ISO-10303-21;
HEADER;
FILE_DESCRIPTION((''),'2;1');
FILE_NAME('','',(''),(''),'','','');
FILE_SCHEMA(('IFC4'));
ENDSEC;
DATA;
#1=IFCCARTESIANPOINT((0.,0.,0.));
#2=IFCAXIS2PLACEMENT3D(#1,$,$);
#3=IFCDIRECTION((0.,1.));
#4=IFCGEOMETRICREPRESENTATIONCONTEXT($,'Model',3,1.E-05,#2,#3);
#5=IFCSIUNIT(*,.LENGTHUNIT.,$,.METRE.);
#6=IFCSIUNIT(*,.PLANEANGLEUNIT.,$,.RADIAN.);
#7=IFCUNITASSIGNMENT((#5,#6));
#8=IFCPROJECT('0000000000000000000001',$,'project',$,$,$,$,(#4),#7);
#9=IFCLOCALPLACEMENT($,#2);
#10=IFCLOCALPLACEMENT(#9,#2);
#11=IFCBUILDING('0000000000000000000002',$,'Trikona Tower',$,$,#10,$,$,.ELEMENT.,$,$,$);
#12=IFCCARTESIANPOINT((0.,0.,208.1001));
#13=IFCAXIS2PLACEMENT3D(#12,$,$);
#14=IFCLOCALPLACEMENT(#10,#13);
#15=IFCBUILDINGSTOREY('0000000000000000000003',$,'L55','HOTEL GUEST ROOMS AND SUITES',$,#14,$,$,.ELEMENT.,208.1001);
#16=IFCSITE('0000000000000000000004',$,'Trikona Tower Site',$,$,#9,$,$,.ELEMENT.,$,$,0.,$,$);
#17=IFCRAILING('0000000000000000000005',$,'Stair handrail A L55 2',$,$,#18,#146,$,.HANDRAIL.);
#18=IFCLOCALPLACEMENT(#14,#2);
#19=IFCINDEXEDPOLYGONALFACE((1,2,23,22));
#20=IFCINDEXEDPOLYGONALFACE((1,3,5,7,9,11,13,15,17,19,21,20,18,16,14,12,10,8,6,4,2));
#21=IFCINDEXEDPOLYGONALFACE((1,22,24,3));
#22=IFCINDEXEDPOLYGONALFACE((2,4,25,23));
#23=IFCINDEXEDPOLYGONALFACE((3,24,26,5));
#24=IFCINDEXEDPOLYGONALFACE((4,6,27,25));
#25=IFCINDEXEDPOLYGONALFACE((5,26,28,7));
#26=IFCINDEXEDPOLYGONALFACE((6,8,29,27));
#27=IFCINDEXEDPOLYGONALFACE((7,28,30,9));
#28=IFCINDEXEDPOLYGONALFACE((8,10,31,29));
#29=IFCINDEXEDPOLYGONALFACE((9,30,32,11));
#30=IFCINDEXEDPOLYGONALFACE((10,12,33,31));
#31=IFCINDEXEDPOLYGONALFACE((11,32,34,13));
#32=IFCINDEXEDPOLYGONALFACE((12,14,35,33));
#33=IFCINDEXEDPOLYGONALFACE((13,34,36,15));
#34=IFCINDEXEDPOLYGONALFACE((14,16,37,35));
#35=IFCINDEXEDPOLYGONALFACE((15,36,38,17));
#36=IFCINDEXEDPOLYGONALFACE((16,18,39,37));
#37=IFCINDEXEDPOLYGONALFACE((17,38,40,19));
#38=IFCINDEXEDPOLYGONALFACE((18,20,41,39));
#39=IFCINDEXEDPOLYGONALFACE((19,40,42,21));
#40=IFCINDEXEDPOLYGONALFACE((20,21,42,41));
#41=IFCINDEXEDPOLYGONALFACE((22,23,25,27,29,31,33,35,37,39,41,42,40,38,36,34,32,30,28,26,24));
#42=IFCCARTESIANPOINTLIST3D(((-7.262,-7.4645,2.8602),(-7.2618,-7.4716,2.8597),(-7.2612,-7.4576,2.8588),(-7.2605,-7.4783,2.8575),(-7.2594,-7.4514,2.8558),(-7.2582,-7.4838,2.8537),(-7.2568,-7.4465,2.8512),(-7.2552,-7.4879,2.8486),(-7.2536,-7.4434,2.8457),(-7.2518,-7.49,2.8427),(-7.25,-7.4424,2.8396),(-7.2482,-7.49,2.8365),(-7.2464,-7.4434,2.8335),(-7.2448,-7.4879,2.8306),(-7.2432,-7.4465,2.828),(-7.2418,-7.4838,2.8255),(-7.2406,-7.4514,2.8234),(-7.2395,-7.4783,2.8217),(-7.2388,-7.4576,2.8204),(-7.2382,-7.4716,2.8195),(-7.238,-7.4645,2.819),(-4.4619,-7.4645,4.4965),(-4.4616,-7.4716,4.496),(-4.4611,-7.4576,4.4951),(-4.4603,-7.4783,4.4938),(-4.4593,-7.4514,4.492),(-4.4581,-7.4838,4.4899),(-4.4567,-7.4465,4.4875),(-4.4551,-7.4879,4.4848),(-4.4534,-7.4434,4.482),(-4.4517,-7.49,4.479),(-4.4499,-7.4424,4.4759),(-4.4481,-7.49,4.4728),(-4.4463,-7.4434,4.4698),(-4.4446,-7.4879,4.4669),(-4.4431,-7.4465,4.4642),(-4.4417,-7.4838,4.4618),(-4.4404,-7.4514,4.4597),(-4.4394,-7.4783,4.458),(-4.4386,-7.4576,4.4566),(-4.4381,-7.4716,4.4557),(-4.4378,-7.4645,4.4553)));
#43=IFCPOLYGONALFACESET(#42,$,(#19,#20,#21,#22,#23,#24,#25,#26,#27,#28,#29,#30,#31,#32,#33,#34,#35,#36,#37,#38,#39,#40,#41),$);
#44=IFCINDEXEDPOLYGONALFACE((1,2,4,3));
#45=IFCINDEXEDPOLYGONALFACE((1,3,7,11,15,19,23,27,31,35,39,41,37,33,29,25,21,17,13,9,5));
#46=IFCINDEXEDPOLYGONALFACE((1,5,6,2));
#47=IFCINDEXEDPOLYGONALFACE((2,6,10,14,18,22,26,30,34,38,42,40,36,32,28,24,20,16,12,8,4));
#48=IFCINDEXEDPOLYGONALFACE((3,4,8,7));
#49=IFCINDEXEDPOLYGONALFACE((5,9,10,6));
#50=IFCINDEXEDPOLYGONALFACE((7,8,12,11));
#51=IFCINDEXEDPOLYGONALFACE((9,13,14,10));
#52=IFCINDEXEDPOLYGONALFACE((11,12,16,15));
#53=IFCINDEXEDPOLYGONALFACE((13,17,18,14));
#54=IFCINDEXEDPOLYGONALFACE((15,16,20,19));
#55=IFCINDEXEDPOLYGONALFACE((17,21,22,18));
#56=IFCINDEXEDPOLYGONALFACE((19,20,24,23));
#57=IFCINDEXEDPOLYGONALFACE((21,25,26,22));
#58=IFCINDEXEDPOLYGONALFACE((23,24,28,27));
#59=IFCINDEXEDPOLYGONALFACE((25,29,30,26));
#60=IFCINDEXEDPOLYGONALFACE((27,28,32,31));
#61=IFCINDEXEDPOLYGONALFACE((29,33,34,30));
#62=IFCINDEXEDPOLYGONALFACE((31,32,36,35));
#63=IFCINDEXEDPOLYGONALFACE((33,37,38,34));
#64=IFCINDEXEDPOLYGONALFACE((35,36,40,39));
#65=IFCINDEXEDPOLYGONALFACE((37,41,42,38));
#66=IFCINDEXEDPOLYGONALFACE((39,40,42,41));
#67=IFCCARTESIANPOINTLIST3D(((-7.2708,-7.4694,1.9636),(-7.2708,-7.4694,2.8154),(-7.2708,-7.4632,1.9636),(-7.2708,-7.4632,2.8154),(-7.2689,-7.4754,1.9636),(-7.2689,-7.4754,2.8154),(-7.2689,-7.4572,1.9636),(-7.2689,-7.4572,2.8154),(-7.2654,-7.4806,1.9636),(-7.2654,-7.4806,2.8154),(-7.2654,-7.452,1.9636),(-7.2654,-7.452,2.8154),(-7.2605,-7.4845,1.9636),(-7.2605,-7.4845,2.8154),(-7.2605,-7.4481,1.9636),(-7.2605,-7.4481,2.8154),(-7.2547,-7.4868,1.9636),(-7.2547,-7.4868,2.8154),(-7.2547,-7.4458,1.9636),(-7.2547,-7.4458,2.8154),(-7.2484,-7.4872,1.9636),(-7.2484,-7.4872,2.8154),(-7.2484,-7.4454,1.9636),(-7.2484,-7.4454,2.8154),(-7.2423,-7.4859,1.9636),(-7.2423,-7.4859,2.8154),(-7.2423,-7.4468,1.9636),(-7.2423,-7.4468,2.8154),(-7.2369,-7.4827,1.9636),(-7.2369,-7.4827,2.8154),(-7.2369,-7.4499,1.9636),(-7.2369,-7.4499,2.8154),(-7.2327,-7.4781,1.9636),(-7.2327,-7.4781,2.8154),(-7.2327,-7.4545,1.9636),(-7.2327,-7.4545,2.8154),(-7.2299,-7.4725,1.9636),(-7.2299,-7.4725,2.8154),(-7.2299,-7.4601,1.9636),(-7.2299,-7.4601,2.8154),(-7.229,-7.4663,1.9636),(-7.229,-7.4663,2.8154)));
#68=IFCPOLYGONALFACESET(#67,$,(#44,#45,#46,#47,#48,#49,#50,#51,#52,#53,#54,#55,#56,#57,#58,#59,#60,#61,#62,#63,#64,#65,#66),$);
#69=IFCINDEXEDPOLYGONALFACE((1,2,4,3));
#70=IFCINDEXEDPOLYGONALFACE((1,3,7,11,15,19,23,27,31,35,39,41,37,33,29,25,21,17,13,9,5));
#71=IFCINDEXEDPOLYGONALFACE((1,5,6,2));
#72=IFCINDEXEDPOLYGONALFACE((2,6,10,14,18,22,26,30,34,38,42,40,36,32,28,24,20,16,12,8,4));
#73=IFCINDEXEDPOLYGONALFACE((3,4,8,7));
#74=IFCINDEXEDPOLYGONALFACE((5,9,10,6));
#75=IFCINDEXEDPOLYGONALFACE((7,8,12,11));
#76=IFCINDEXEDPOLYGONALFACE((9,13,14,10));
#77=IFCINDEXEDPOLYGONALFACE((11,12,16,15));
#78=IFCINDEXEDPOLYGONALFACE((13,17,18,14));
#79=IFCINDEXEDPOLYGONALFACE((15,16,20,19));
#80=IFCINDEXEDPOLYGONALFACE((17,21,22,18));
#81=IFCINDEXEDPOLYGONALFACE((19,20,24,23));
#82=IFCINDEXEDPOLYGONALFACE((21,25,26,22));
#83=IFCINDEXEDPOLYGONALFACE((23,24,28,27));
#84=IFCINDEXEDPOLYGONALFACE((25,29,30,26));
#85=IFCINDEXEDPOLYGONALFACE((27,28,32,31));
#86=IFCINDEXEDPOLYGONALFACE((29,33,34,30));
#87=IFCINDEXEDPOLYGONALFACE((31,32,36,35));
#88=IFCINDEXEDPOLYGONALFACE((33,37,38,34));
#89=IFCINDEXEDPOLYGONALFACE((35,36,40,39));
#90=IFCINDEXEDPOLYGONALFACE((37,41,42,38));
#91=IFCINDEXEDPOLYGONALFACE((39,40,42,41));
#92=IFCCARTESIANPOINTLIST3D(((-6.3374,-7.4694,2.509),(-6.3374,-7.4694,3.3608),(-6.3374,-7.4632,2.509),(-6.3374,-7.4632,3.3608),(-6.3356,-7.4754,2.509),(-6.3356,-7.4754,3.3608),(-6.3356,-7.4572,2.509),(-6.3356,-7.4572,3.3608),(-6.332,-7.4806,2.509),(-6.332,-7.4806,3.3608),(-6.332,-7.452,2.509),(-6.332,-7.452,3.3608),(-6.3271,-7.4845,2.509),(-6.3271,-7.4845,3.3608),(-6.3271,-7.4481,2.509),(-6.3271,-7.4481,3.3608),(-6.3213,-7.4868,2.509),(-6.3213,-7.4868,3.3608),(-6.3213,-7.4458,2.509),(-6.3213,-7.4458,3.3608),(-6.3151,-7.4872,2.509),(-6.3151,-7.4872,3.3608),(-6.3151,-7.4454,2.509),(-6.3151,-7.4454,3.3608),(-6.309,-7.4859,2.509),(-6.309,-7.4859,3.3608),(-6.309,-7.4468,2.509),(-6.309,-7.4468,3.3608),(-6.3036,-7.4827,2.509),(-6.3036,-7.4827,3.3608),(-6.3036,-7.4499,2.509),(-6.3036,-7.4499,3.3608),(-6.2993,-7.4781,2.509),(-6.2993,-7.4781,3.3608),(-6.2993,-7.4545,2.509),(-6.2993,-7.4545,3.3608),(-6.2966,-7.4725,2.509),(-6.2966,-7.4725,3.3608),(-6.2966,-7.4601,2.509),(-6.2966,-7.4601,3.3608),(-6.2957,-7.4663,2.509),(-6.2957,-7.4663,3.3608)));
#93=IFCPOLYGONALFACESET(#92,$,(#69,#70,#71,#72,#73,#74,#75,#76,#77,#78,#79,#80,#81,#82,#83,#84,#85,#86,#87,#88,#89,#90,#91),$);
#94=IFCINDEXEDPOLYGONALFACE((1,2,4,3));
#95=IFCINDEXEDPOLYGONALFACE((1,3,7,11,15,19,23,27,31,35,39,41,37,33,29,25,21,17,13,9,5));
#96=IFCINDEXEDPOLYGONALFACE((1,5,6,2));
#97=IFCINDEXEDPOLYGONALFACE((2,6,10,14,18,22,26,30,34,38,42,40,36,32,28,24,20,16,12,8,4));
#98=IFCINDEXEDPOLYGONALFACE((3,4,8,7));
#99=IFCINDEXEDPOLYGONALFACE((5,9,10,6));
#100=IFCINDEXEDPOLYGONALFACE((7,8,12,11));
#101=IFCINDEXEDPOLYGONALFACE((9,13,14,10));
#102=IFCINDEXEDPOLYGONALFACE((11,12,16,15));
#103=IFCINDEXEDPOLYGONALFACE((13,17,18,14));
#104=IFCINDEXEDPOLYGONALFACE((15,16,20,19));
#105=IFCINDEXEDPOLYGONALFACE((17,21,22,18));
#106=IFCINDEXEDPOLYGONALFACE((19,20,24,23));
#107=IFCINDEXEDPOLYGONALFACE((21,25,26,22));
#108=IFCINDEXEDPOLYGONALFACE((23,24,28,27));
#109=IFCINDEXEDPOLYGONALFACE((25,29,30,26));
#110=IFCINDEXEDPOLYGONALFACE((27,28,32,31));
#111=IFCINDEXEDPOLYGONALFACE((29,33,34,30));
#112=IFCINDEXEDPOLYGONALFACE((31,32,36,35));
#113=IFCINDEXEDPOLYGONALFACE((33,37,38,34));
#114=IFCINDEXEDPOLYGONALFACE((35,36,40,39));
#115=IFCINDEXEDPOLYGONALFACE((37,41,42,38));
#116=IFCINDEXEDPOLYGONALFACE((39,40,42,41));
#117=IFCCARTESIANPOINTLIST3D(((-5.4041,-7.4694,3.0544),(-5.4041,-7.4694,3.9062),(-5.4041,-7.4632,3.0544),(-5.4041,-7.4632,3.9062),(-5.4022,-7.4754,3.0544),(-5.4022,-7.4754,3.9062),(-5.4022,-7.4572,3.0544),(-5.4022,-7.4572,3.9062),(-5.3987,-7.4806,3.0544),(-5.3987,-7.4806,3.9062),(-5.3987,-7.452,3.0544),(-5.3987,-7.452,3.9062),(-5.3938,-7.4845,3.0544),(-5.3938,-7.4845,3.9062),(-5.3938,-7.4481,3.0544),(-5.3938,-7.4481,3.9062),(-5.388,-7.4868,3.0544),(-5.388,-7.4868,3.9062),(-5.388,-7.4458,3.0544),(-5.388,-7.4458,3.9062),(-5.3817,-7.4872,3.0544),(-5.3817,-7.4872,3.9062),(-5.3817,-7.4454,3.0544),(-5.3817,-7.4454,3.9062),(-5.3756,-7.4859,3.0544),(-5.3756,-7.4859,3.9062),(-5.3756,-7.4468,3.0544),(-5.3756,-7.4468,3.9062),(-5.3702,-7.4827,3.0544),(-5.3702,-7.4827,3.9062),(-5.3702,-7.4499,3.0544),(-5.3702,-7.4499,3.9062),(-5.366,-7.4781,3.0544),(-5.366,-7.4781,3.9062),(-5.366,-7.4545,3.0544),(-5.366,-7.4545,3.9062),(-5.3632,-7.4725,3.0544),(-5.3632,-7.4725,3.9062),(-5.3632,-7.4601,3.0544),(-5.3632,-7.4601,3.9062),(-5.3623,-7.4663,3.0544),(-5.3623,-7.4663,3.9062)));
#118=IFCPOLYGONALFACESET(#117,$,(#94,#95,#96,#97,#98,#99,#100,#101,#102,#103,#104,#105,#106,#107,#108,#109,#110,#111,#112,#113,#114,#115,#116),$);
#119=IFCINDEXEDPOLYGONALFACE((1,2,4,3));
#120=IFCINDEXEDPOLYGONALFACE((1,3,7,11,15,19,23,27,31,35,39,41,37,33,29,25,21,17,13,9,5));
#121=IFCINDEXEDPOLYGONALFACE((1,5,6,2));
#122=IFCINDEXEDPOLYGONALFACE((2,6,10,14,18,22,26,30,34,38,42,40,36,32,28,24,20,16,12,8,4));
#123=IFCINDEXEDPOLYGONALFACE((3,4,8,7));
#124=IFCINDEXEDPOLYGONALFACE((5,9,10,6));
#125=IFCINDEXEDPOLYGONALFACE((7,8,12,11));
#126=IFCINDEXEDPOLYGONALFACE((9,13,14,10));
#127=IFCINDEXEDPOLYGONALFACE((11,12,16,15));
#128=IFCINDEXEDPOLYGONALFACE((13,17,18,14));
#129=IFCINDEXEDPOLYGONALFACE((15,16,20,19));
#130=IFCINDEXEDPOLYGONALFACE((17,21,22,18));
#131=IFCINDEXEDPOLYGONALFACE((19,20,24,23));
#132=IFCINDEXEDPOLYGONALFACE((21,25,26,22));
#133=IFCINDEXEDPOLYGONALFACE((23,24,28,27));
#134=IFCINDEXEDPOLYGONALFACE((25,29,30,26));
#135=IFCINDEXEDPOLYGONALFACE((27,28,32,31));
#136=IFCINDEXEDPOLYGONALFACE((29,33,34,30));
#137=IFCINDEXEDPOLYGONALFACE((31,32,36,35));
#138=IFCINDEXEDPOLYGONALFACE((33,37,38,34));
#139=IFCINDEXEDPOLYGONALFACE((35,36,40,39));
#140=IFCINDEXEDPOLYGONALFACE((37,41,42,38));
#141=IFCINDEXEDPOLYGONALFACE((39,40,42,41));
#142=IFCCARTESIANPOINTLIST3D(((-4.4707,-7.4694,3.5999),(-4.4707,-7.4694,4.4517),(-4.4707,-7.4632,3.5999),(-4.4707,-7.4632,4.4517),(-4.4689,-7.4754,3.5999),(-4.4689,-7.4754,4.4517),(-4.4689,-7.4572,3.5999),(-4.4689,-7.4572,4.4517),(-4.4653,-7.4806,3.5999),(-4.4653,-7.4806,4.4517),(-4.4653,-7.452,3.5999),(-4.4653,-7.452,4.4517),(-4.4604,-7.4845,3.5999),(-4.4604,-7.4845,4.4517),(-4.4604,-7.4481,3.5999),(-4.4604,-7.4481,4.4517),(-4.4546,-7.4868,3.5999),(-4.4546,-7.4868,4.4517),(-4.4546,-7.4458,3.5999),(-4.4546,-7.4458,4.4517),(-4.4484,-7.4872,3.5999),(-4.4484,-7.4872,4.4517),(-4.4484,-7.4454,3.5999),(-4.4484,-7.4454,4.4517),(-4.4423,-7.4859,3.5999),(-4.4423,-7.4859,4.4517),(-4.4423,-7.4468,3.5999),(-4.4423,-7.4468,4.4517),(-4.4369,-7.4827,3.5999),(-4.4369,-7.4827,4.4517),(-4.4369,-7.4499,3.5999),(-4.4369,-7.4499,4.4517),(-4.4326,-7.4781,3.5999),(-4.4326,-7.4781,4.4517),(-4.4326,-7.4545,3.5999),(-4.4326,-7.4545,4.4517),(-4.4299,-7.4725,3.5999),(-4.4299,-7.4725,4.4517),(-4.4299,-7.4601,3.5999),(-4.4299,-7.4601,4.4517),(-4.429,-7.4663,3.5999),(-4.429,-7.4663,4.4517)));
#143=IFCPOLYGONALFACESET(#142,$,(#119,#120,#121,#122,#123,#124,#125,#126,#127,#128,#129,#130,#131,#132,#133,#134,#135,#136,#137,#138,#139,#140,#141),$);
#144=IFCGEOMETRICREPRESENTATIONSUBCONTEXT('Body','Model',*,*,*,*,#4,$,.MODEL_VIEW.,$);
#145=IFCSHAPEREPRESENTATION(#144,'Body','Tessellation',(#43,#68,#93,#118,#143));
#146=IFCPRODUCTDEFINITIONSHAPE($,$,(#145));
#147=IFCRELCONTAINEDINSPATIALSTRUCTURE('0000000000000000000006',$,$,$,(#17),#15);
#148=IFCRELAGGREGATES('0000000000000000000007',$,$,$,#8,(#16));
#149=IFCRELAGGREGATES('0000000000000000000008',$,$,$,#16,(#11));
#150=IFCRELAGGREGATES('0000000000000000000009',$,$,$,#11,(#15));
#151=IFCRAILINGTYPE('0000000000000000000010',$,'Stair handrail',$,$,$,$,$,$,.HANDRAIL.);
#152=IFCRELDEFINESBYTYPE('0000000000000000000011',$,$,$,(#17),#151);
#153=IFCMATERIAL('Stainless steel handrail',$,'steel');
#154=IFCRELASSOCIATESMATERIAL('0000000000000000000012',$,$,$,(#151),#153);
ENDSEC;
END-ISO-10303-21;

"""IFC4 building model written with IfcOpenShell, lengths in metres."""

from ifc_helpers import new_model, si_unit, direction, frame, origin, origin_2d, place, context, subcontext, project, spatial, circle, extrude, material, type_object, element, save


model = new_model("IFC4")

# Units and contexts
model_context = context("Model", 3, precision=1e-05, world=origin(), true_north=direction((0.0, 1.0)))
body_context = subcontext(model_context, "Body", "Model", "MODEL_VIEW")
ifc_project = project(units=[si_unit("LENGTHUNIT", "METRE"), si_unit("PLANEANGLEUNIT", "RADIAN")], contexts=[model_context])

# Site, building, storey
site_placement = place(None, origin())
site = spatial("IfcSite", under=ifc_project, at=site_placement, Name="Trikona Tower Site", CompositionType="ELEMENT", RefElevation=0.0)
building_placement = place(site_placement, origin())
building = spatial("IfcBuilding", under=site, at=building_placement, Name="Trikona Tower", CompositionType="ELEMENT")
storey_placement = place(building_placement, frame((0.0, 0.0, 208.1001)))
storey = spatial("IfcBuildingStorey", under=building, at=storey_placement, Name="L55", Description="HOTEL GUEST ROOMS AND SUITES", CompositionType="ELEMENT", Elevation=208.1001)

# Railing
ifc_material_1 = material(Name="Stainless steel handrail", Category="steel")
railing_type = type_object("IfcRailingType", Name="Stair handrail", PredefinedType="HANDRAIL", material=ifc_material_1)
railing_1_placement = place(storey_placement, frame((-7.25, -7.4663, 1.9636)))
element("IfcRailing", 1, at=railing_1_placement, inside=storey, type_object=railing_type, Name="Stair handrail A L55 2", PredefinedType="HANDRAIL", context=body_context, shape_type="SweptSolid", body=[
    extrude(circle(Radius=0.0239, at=origin_2d()), frame((0.0, 0.0, 0.876), z_axis=(0.863394, 0.0, 0.504531), x_axis=(0.0, 1.0, 0.0)), (0.0, 0.0, 1.0), 3.2432),
    extrude(circle(Radius=0.021, at=origin_2d()), origin(), (0.0, 0.0, 1.0), 0.8518),
    extrude(circle(Radius=0.021, at=origin_2d()), frame((0.9333, 0.0, 0.5454)), (0.0, 0.0, 1.0), 0.8518),
    extrude(circle(Radius=0.021, at=origin_2d()), frame((1.8667, 0.0, 1.0908)), (0.0, 0.0, 1.0), 0.8518),
    extrude(circle(Radius=0.021, at=origin_2d()), frame((2.8, 0.0, 1.6362)), (0.0, 0.0, 1.0), 0.8518),
])

save(model, "model.ifc")
